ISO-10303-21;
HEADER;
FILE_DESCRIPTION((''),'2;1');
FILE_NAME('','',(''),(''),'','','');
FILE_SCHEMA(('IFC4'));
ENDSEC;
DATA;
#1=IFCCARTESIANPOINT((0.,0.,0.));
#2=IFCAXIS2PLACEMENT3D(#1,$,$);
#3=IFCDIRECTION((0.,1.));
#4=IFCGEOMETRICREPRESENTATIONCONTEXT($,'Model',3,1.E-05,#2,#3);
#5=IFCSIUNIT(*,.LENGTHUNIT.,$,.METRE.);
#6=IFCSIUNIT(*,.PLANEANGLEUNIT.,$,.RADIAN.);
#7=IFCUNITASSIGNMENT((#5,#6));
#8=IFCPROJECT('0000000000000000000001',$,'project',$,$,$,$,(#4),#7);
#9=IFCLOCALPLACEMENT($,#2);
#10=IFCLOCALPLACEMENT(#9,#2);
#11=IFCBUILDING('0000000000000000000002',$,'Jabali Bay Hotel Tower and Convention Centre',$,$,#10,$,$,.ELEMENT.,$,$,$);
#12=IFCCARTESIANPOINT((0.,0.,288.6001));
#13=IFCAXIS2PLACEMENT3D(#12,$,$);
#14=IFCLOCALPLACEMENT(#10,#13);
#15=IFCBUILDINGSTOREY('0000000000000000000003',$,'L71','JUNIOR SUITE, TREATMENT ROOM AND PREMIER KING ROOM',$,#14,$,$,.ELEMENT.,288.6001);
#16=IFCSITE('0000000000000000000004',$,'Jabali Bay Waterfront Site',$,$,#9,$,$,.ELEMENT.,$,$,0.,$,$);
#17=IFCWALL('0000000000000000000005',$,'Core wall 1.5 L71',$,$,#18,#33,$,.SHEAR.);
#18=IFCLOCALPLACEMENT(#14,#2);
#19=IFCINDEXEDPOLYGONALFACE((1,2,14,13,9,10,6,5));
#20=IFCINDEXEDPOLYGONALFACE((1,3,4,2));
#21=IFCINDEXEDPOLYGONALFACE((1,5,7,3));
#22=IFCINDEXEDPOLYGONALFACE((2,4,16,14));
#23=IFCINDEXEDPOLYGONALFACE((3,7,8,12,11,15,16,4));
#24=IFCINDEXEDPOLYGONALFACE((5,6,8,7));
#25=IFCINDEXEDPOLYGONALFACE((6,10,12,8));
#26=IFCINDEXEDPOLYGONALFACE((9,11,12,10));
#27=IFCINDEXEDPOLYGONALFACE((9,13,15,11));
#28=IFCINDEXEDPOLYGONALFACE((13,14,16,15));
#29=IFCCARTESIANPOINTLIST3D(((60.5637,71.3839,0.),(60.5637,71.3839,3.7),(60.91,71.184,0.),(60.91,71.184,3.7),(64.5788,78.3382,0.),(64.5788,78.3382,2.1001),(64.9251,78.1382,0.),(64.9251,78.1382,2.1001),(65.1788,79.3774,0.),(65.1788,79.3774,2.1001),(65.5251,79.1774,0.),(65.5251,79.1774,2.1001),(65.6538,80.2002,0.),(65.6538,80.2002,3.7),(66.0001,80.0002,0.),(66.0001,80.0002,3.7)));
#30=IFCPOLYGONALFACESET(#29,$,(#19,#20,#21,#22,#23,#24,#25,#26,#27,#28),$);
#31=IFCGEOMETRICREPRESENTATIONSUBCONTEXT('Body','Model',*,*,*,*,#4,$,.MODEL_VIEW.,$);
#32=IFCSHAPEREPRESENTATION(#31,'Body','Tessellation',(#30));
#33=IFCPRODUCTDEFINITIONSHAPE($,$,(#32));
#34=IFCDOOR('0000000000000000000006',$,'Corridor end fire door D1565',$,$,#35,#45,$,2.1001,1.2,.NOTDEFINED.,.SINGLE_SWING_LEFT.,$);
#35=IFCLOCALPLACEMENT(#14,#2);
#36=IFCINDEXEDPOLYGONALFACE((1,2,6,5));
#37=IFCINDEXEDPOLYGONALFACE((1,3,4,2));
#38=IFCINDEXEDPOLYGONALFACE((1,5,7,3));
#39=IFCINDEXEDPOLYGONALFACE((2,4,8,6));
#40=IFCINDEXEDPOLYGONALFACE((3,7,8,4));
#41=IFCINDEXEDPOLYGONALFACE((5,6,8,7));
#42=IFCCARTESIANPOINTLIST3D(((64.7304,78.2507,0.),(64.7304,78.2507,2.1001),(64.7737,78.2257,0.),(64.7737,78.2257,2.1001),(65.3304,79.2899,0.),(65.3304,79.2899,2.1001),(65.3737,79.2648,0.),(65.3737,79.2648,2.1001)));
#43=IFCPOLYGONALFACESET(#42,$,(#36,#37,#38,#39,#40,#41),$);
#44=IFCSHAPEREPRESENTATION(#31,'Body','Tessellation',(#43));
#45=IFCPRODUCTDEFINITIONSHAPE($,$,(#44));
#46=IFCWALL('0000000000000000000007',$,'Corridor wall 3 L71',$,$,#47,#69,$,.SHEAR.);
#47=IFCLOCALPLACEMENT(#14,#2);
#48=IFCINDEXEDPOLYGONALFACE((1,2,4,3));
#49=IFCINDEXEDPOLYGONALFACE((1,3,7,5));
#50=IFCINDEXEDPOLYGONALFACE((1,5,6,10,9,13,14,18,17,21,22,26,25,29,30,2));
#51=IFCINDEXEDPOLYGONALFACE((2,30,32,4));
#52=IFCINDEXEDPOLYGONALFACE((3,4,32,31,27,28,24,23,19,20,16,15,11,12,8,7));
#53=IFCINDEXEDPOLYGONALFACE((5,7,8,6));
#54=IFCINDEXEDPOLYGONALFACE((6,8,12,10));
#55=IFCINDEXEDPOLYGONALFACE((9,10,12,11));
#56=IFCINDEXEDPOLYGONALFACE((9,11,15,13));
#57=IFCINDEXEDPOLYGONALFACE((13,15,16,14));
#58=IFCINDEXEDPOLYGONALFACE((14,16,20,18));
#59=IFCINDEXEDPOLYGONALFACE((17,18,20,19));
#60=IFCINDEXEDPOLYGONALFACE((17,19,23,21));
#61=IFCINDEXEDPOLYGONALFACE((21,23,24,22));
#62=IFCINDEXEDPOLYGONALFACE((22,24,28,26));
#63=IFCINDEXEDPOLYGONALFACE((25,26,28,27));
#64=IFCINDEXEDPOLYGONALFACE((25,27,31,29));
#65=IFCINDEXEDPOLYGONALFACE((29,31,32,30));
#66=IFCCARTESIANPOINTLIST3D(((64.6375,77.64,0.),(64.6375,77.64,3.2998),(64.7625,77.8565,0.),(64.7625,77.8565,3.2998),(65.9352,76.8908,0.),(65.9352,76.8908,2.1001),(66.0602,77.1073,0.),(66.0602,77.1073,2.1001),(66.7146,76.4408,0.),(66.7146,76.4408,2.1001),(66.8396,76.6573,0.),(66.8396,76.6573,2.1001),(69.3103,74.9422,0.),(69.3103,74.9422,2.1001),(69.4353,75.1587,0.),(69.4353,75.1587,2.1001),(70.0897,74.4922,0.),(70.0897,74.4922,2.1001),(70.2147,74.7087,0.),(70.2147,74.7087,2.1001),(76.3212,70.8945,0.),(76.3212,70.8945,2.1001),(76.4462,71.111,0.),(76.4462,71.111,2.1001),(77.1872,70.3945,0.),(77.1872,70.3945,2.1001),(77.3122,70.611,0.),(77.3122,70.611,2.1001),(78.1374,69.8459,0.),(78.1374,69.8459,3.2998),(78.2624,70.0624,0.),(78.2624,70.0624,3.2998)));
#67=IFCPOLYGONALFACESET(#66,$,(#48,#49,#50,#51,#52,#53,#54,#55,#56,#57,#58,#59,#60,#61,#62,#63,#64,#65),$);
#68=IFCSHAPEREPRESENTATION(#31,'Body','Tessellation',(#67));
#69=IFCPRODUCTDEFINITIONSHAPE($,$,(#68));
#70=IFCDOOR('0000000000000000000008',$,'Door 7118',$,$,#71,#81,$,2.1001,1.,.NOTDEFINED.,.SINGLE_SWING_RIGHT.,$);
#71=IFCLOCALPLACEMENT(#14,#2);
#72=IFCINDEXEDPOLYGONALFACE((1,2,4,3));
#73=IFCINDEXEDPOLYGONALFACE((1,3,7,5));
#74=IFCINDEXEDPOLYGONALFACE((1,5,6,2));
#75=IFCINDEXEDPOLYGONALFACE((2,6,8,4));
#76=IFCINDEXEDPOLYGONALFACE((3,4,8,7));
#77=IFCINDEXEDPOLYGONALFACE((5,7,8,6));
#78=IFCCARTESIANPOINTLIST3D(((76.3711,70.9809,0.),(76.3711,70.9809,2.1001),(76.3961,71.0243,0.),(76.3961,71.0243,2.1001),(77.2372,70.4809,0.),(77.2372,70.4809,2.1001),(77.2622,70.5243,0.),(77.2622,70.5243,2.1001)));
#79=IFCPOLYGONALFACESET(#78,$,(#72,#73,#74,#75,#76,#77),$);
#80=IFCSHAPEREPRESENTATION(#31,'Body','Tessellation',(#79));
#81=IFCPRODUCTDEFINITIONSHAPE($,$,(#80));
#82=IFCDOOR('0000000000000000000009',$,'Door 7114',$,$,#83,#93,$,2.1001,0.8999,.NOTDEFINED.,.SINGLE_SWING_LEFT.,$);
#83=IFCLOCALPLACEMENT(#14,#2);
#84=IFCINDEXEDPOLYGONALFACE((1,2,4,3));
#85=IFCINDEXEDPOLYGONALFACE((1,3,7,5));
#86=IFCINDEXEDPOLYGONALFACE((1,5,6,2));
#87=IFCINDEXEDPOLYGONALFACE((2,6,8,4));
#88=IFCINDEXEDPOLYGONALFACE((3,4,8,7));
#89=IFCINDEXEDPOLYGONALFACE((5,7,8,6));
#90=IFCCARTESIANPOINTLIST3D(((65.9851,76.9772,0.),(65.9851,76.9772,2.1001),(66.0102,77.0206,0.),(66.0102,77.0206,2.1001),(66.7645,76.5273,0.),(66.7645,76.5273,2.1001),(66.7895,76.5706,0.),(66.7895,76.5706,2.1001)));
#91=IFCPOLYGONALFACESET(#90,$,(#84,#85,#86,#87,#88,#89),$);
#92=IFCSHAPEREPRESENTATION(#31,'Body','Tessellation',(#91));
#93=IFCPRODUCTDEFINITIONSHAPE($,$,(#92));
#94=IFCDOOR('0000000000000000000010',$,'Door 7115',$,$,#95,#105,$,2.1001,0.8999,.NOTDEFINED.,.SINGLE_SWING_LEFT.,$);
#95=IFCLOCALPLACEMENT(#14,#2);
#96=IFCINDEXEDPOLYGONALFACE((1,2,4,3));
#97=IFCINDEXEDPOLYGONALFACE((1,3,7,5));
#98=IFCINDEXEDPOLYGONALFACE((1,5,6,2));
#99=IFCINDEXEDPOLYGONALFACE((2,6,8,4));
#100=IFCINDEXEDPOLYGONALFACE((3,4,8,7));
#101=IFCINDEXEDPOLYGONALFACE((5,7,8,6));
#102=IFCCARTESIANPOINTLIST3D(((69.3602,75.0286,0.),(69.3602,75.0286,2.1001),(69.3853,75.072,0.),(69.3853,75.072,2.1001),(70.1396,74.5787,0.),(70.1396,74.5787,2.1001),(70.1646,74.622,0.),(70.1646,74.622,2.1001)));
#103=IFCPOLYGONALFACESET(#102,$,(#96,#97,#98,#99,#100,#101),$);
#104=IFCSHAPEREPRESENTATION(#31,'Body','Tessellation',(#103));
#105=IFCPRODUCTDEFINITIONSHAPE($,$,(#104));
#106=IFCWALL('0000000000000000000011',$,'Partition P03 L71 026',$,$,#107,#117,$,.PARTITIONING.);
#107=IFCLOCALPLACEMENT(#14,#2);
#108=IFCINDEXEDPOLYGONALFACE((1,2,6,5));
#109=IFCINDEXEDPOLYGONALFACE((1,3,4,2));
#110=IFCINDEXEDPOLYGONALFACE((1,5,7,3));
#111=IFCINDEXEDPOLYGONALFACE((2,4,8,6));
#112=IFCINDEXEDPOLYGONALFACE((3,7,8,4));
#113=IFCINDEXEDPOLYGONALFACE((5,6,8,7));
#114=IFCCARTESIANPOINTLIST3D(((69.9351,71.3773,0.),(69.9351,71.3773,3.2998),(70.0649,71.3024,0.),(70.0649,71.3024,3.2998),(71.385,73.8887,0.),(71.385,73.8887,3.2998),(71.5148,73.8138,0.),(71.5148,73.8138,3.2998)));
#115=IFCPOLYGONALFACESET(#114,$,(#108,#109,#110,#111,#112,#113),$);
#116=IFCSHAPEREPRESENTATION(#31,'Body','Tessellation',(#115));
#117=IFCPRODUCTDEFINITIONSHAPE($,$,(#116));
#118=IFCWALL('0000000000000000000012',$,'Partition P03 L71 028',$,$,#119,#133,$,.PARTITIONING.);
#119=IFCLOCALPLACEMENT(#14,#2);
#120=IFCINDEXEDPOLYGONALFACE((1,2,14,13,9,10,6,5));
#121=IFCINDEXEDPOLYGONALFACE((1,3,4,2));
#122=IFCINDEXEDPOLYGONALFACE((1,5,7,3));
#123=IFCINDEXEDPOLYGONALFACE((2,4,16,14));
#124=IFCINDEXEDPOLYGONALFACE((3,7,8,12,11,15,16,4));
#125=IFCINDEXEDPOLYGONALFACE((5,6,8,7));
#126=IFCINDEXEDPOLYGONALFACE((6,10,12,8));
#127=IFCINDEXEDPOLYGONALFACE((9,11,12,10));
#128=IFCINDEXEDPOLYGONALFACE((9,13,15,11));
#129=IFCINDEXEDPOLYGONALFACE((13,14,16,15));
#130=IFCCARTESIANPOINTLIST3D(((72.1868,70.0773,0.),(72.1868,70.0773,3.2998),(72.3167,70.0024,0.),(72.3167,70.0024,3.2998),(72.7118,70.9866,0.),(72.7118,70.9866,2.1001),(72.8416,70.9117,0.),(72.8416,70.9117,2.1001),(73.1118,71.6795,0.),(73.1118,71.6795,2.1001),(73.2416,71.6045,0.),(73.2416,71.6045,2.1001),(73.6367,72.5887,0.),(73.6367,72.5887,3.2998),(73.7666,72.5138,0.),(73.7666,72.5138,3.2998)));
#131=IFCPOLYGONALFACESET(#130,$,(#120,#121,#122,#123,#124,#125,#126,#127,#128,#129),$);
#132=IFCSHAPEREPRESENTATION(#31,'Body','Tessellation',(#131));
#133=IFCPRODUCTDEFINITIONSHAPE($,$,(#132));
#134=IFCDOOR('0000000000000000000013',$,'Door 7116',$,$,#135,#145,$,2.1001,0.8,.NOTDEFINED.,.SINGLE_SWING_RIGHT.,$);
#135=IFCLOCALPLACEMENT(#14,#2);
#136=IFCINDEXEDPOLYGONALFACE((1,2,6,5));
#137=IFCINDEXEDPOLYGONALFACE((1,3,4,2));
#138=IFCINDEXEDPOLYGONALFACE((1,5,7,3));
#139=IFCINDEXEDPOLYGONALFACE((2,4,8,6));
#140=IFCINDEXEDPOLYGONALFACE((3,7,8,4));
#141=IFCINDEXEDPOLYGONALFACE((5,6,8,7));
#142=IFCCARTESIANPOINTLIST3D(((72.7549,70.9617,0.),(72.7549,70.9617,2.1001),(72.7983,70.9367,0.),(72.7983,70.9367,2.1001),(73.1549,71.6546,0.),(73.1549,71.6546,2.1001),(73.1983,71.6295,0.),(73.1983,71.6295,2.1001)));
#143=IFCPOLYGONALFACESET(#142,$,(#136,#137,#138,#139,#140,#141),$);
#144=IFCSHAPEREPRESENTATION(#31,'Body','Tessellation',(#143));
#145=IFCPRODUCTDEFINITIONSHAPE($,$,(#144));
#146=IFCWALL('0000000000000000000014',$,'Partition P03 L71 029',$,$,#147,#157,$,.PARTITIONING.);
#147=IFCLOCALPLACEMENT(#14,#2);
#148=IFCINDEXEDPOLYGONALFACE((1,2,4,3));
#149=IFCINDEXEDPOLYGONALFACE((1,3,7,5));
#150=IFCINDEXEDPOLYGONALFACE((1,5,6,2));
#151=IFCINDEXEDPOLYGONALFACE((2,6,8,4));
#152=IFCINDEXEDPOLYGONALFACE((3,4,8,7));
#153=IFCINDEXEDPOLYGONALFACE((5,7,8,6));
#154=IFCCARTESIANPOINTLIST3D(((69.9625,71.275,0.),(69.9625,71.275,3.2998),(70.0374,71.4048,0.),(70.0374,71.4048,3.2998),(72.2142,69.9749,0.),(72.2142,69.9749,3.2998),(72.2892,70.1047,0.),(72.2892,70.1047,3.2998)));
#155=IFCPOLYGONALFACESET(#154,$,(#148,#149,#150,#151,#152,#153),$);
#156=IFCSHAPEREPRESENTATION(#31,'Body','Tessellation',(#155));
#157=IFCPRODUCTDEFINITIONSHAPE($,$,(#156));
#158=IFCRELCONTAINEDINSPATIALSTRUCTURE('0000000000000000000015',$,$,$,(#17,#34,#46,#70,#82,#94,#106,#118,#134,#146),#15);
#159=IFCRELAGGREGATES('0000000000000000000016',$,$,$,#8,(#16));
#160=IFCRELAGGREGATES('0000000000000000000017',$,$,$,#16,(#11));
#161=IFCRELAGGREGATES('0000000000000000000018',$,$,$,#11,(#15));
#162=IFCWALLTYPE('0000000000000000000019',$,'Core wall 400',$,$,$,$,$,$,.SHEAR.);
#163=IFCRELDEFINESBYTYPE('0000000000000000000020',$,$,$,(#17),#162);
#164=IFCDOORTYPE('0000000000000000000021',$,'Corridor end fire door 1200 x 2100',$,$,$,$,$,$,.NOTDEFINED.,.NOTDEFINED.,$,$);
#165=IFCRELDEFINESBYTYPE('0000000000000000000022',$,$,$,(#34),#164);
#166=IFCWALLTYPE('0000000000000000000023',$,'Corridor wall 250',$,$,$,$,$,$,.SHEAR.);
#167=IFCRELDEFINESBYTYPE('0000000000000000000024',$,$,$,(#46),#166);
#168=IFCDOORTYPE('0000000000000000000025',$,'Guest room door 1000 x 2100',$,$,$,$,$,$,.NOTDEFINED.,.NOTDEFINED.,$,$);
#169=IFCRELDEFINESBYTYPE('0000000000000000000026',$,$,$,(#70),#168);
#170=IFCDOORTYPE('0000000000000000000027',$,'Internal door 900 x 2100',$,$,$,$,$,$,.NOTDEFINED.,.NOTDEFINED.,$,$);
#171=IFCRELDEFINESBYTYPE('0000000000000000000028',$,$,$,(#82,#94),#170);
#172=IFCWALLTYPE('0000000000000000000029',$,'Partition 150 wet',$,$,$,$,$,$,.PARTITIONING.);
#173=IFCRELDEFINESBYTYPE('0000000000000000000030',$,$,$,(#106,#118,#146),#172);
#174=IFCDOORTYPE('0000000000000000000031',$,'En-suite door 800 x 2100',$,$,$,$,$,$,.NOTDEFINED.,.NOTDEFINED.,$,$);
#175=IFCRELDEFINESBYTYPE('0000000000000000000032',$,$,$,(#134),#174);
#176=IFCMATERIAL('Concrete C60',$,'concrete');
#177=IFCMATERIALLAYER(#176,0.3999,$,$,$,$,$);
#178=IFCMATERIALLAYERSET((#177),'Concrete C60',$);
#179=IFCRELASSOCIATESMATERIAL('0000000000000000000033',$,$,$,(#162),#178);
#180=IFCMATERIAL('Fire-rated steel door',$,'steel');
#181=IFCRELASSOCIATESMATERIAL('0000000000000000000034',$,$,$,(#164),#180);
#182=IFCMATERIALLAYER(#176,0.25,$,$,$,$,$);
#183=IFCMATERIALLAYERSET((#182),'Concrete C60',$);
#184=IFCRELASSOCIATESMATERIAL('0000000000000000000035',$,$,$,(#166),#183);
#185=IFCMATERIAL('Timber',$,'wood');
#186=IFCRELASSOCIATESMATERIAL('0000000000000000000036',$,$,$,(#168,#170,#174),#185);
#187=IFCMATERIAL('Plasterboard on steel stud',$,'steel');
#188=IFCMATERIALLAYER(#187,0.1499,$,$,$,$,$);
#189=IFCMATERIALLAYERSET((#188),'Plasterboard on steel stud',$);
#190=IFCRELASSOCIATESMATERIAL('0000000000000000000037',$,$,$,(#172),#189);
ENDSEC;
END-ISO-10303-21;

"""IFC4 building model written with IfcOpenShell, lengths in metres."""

from ifc_helpers import new_model, si_unit, direction, frame, frame_2d, origin, place, context, subcontext, project, spatial, rectangle, extrude, material, layer, layer_set, type_object, element, fill, save


model = new_model("IFC4")

# Units and contexts
model_context = context("Model", 3, precision=1e-05, world=origin(), true_north=direction((0.0, 1.0)))
body_context = subcontext(model_context, "Body", "Model", "MODEL_VIEW")
ifc_project = project(units=[si_unit("LENGTHUNIT", "METRE"), si_unit("PLANEANGLEUNIT", "RADIAN")], contexts=[model_context])

# Site, building, storey
site_placement = place(None, origin())
site = spatial("IfcSite", under=ifc_project, at=site_placement, Name="Jabali Bay Waterfront Site", CompositionType="ELEMENT", RefElevation=0.0)
building_placement = place(site_placement, origin())
building = spatial("IfcBuilding", under=site, at=building_placement, Name="Jabali Bay Hotel Tower and Convention Centre", CompositionType="ELEMENT")
storey_placement = place(building_placement, frame((0.0, 0.0, 288.6001)))
storey = spatial("IfcBuildingStorey", under=building, at=storey_placement, Name="L71", Description="JUNIOR SUITE, TREATMENT ROOM AND PREMIER KING ROOM", CompositionType="ELEMENT", Elevation=288.6001)

# Shared definitions
ifc_material_1 = material(Name="Fire-rated steel door", Category="steel")

# Wall, opening, door
ifc_material_2 = material(Name="Concrete C60", Category="concrete")
ifc_layer_1 = layer(ifc_material_2, 0.3999)
ifc_layer_set_1 = layer_set([ifc_layer_1], Name="Concrete C60")
wall_type_1 = type_object("IfcWallType", Name="Core wall 400", PredefinedType="SHEAR", material=ifc_layer_set_1)
wall_1_placement = place(storey_placement, frame((60.7368, 71.2839, 0.0), z_axis=(0.0, 0.0, 1.0), x_axis=(0.500005, 0.866022, 0.0)))
wall_1 = element("IfcWall", 1, at=wall_1_placement, inside=storey, type_object=wall_type_1, Name="Core wall 1.5 L71", PredefinedType="SHEAR", context=body_context, shape_type="SweptSolid", body=[
    extrude(rectangle(XDim=10.1802, YDim=0.3999, at=frame_2d((5.0901, 0.0))), origin(), (0.0, 0.0, 1.0), 3.7),
])
opening_1_placement = place(wall_1_placement, frame((8.03, 0.0, 0.0)))
opening_1 = element("IfcOpeningElement", 2, at=opening_1_placement, cuts=wall_1, PredefinedType="OPENING", context=body_context, shape_type="SweptSolid", body=[
    extrude(rectangle(XDim=1.2, YDim=2.1001, at=frame_2d((0.6001, 1.05))), frame((0.0, 0.2104, 0.0), z_axis=(0.0, -1.0, 0.0), x_axis=(1.0, 0.0, 0.0)), (0.0, 0.0, 1.0), 0.4209),
])
door_type_1 = type_object("IfcDoorType", Name="Corridor end fire door 1200 x 2100", OperationType="NOTDEFINED", PredefinedType="NOTDEFINED", material=ifc_material_1)
door_1_placement = place(opening_1_placement, origin())
door_1 = element("IfcDoor", 3, at=door_1_placement, inside=storey, type_object=door_type_1, Name="Corridor end fire door D1565", OperationType="SINGLE_SWING_LEFT", OverallHeight=2.1001, OverallWidth=1.2, PredefinedType="NOTDEFINED", context=body_context, shape_type="SweptSolid", body=[
    extrude(rectangle(XDim=1.2, YDim=2.1001, at=frame_2d((0.6001, 1.05))), frame((0.0, 0.0249, 0.0), z_axis=(0.0, -1.0, 0.0), x_axis=(1.0, 0.0, 0.0)), (0.0, 0.0, 1.0), 0.05),
])
fill(opening_1, door_1)

# Wall, openings, doors
ifc_layer_2 = layer(ifc_material_2, 0.25)
ifc_layer_set_2 = layer_set([ifc_layer_2], Name="Concrete C60")
wall_type_2 = type_object("IfcWallType", Name="Corridor wall 250", PredefinedType="SHEAR", material=ifc_layer_set_2)
wall_2_placement = place(storey_placement, frame((64.7, 77.7483, 0.0), z_axis=(0.0, 0.0, 1.0), x_axis=(0.866026, -0.499998, 0.0)))
wall_2 = element("IfcWall", 4, at=wall_2_placement, inside=storey, type_object=wall_type_2, Name="Corridor wall 3 L71", PredefinedType="SHEAR", context=body_context, shape_type="SweptSolid", body=[
    extrude(rectangle(XDim=15.5884, YDim=0.25, at=frame_2d((7.7942, 0.0))), origin(), (0.0, 0.0, 1.0), 3.2998),
])
opening_2_placement = place(wall_2_placement, frame((1.4985, 0.0, 0.0)))
opening_2 = element("IfcOpeningElement", 5, at=opening_2_placement, cuts=wall_2, PredefinedType="OPENING", context=body_context, shape_type="SweptSolid", body=[
    extrude(rectangle(XDim=0.8999, YDim=2.1001, at=frame_2d((0.45, 1.05))), frame((0.0, 0.1355, 0.0), z_axis=(0.0, -1.0, 0.0), x_axis=(1.0, 0.0, 0.0)), (0.0, 0.0, 1.0), 0.271),
])
opening_3_placement = place(wall_2_placement, frame((5.3958, 0.0, 0.0)))
opening_3 = element("IfcOpeningElement", 6, at=opening_3_placement, cuts=wall_2, PredefinedType="OPENING", context=body_context, shape_type="SweptSolid", body=[
    extrude(rectangle(XDim=0.8999, YDim=2.1001, at=frame_2d((0.45, 1.05))), frame((0.0, 0.1355, 0.0), z_axis=(0.0, -1.0, 0.0), x_axis=(1.0, 0.0, 0.0)), (0.0, 0.0, 1.0), 0.271),
])
opening_4_placement = place(wall_2_placement, frame((13.4912, 0.0, 0.0)))
opening_4 = element("IfcOpeningElement", 7, at=opening_4_placement, cuts=wall_2, PredefinedType="OPENING", context=body_context, shape_type="SweptSolid", body=[
    extrude(rectangle(XDim=1.0, YDim=2.1001, at=frame_2d((0.5, 1.05))), frame((0.0, 0.1355, 0.0), z_axis=(0.0, -1.0, 0.0), x_axis=(1.0, 0.0, 0.0)), (0.0, 0.0, 1.0), 0.271),
])
ifc_material_3 = material(Name="Timber", Category="wood")
door_type_2 = type_object("IfcDoorType", Name="Guest room door 1000 x 2100", OperationType="NOTDEFINED", PredefinedType="NOTDEFINED", material=ifc_material_3)
door_2_placement = place(opening_4_placement, origin())
door_2 = element("IfcDoor", 8, at=door_2_placement, inside=storey, type_object=door_type_2, Name="Door 7118", OperationType="SINGLE_SWING_RIGHT", OverallHeight=2.1001, OverallWidth=1.0, PredefinedType="NOTDEFINED", context=body_context, shape_type="SweptSolid", body=[
    extrude(rectangle(XDim=1.0, YDim=2.1001, at=frame_2d((0.5, 1.05))), frame((0.0, 0.0249, 0.0), z_axis=(0.0, -1.0, 0.0), x_axis=(1.0, 0.0, 0.0)), (0.0, 0.0, 1.0), 0.05),
])
fill(opening_4, door_2)
door_type_3 = type_object("IfcDoorType", Name="Internal door 900 x 2100", OperationType="NOTDEFINED", PredefinedType="NOTDEFINED", material=ifc_material_3)
door_3_placement = place(opening_2_placement, origin())
door_3 = element("IfcDoor", 9, at=door_3_placement, inside=storey, type_object=door_type_3, Name="Door 7114", OperationType="SINGLE_SWING_LEFT", OverallHeight=2.1001, OverallWidth=0.8999, PredefinedType="NOTDEFINED", context=body_context, shape_type="SweptSolid", body=[
    extrude(rectangle(XDim=0.8999, YDim=2.1001, at=frame_2d((0.45, 1.05))), frame((0.0, 0.0249, 0.0), z_axis=(0.0, -1.0, 0.0), x_axis=(1.0, 0.0, 0.0)), (0.0, 0.0, 1.0), 0.05),
])
fill(opening_2, door_3)
door_4_placement = place(opening_3_placement, origin())
door_4 = element("IfcDoor", 10, at=door_4_placement, inside=storey, type_object=door_type_3, Name="Door 7115", OperationType="SINGLE_SWING_LEFT", OverallHeight=2.1001, OverallWidth=0.8999, PredefinedType="NOTDEFINED", context=body_context, shape_type="SweptSolid", body=[
    extrude(rectangle(XDim=0.8999, YDim=2.1001, at=frame_2d((0.45, 1.05))), frame((0.0, 0.0249, 0.0), z_axis=(0.0, -1.0, 0.0), x_axis=(1.0, 0.0, 0.0)), (0.0, 0.0, 1.0), 0.05),
])
fill(opening_3, door_4)

# Wall
ifc_material_4 = material(Name="Plasterboard on steel stud", Category="steel")
ifc_layer_3 = layer(ifc_material_4, 0.1499)
ifc_layer_set_3 = layer_set([ifc_layer_3], Name="Plasterboard on steel stud")
wall_type_3 = type_object("IfcWallType", Name="Partition 150 wet", PredefinedType="PARTITIONING", material=ifc_layer_set_3)
wall_3_placement = place(storey_placement, frame((70.0, 71.3398, 0.0), z_axis=(0.0, 0.0, 1.0), x_axis=(0.499987, 0.866033, 0.0)))
element("IfcWall", 11, at=wall_3_placement, inside=storey, type_object=wall_type_3, Name="Partition P03 L71 026", PredefinedType="PARTITIONING", context=body_context, shape_type="SweptSolid", body=[
    extrude(rectangle(XDim=2.8999, YDim=0.1499, at=frame_2d((1.45, 0.0))), origin(), (0.0, 0.0, 1.0), 3.2998),
])

# Wall, opening, door
wall_4_placement = place(storey_placement, frame((73.7017, 72.5513, 0.0), z_axis=(0.0, 0.0, 1.0), x_axis=(-0.499987, -0.866033, 0.0)))
wall_4 = element("IfcWall", 12, at=wall_4_placement, inside=storey, type_object=wall_type_3, Name="Partition P03 L71 028", PredefinedType="PARTITIONING", context=body_context, shape_type="SweptSolid", body=[
    extrude(rectangle(XDim=2.8999, YDim=0.1499, at=frame_2d((1.45, 0.0))), origin(), (0.0, 0.0, 1.0), 3.2998),
])
opening_5_placement = place(wall_4_placement, frame((1.05, 0.0, 0.0)))
opening_5 = element("IfcOpeningElement", 13, at=opening_5_placement, cuts=wall_4, PredefinedType="OPENING", context=body_context, shape_type="SweptSolid", body=[
    extrude(rectangle(XDim=0.8, YDim=2.1001, at=frame_2d((0.3999, 1.05))), frame((0.0, 0.0854, 0.0), z_axis=(0.0, -1.0, 0.0), x_axis=(1.0, 0.0, 0.0)), (0.0, 0.0, 1.0), 0.1709),
])
door_type_4 = type_object("IfcDoorType", Name="En-suite door 800 x 2100", OperationType="NOTDEFINED", PredefinedType="NOTDEFINED", material=ifc_material_3)
door_5_placement = place(opening_5_placement, origin())
door_5 = element("IfcDoor", 14, at=door_5_placement, inside=storey, type_object=door_type_4, Name="Door 7116", OperationType="SINGLE_SWING_RIGHT", OverallHeight=2.1001, OverallWidth=0.8, PredefinedType="NOTDEFINED", context=body_context, shape_type="SweptSolid", body=[
    extrude(rectangle(XDim=0.8, YDim=2.1001, at=frame_2d((0.3999, 1.05))), frame((0.0, 0.0249, 0.0), z_axis=(0.0, -1.0, 0.0), x_axis=(1.0, 0.0, 0.0)), (0.0, 0.0, 1.0), 0.05),
])
fill(opening_5, door_5)

# Wall
wall_5_placement = place(storey_placement, frame((72.2517, 70.0398, 0.0), z_axis=(0.0, 0.0, 1.0), x_axis=(-0.866021, 0.500007, 0.0)))
element("IfcWall", 15, at=wall_5_placement, inside=storey, type_object=wall_type_3, Name="Partition P03 L71 029", PredefinedType="PARTITIONING", context=body_context, shape_type="SweptSolid", body=[
    extrude(rectangle(XDim=2.6001, YDim=0.1499, at=frame_2d((1.3, 0.0))), origin(), (0.0, 0.0, 1.0), 3.2998),
])

save(model, "model.ifc")
